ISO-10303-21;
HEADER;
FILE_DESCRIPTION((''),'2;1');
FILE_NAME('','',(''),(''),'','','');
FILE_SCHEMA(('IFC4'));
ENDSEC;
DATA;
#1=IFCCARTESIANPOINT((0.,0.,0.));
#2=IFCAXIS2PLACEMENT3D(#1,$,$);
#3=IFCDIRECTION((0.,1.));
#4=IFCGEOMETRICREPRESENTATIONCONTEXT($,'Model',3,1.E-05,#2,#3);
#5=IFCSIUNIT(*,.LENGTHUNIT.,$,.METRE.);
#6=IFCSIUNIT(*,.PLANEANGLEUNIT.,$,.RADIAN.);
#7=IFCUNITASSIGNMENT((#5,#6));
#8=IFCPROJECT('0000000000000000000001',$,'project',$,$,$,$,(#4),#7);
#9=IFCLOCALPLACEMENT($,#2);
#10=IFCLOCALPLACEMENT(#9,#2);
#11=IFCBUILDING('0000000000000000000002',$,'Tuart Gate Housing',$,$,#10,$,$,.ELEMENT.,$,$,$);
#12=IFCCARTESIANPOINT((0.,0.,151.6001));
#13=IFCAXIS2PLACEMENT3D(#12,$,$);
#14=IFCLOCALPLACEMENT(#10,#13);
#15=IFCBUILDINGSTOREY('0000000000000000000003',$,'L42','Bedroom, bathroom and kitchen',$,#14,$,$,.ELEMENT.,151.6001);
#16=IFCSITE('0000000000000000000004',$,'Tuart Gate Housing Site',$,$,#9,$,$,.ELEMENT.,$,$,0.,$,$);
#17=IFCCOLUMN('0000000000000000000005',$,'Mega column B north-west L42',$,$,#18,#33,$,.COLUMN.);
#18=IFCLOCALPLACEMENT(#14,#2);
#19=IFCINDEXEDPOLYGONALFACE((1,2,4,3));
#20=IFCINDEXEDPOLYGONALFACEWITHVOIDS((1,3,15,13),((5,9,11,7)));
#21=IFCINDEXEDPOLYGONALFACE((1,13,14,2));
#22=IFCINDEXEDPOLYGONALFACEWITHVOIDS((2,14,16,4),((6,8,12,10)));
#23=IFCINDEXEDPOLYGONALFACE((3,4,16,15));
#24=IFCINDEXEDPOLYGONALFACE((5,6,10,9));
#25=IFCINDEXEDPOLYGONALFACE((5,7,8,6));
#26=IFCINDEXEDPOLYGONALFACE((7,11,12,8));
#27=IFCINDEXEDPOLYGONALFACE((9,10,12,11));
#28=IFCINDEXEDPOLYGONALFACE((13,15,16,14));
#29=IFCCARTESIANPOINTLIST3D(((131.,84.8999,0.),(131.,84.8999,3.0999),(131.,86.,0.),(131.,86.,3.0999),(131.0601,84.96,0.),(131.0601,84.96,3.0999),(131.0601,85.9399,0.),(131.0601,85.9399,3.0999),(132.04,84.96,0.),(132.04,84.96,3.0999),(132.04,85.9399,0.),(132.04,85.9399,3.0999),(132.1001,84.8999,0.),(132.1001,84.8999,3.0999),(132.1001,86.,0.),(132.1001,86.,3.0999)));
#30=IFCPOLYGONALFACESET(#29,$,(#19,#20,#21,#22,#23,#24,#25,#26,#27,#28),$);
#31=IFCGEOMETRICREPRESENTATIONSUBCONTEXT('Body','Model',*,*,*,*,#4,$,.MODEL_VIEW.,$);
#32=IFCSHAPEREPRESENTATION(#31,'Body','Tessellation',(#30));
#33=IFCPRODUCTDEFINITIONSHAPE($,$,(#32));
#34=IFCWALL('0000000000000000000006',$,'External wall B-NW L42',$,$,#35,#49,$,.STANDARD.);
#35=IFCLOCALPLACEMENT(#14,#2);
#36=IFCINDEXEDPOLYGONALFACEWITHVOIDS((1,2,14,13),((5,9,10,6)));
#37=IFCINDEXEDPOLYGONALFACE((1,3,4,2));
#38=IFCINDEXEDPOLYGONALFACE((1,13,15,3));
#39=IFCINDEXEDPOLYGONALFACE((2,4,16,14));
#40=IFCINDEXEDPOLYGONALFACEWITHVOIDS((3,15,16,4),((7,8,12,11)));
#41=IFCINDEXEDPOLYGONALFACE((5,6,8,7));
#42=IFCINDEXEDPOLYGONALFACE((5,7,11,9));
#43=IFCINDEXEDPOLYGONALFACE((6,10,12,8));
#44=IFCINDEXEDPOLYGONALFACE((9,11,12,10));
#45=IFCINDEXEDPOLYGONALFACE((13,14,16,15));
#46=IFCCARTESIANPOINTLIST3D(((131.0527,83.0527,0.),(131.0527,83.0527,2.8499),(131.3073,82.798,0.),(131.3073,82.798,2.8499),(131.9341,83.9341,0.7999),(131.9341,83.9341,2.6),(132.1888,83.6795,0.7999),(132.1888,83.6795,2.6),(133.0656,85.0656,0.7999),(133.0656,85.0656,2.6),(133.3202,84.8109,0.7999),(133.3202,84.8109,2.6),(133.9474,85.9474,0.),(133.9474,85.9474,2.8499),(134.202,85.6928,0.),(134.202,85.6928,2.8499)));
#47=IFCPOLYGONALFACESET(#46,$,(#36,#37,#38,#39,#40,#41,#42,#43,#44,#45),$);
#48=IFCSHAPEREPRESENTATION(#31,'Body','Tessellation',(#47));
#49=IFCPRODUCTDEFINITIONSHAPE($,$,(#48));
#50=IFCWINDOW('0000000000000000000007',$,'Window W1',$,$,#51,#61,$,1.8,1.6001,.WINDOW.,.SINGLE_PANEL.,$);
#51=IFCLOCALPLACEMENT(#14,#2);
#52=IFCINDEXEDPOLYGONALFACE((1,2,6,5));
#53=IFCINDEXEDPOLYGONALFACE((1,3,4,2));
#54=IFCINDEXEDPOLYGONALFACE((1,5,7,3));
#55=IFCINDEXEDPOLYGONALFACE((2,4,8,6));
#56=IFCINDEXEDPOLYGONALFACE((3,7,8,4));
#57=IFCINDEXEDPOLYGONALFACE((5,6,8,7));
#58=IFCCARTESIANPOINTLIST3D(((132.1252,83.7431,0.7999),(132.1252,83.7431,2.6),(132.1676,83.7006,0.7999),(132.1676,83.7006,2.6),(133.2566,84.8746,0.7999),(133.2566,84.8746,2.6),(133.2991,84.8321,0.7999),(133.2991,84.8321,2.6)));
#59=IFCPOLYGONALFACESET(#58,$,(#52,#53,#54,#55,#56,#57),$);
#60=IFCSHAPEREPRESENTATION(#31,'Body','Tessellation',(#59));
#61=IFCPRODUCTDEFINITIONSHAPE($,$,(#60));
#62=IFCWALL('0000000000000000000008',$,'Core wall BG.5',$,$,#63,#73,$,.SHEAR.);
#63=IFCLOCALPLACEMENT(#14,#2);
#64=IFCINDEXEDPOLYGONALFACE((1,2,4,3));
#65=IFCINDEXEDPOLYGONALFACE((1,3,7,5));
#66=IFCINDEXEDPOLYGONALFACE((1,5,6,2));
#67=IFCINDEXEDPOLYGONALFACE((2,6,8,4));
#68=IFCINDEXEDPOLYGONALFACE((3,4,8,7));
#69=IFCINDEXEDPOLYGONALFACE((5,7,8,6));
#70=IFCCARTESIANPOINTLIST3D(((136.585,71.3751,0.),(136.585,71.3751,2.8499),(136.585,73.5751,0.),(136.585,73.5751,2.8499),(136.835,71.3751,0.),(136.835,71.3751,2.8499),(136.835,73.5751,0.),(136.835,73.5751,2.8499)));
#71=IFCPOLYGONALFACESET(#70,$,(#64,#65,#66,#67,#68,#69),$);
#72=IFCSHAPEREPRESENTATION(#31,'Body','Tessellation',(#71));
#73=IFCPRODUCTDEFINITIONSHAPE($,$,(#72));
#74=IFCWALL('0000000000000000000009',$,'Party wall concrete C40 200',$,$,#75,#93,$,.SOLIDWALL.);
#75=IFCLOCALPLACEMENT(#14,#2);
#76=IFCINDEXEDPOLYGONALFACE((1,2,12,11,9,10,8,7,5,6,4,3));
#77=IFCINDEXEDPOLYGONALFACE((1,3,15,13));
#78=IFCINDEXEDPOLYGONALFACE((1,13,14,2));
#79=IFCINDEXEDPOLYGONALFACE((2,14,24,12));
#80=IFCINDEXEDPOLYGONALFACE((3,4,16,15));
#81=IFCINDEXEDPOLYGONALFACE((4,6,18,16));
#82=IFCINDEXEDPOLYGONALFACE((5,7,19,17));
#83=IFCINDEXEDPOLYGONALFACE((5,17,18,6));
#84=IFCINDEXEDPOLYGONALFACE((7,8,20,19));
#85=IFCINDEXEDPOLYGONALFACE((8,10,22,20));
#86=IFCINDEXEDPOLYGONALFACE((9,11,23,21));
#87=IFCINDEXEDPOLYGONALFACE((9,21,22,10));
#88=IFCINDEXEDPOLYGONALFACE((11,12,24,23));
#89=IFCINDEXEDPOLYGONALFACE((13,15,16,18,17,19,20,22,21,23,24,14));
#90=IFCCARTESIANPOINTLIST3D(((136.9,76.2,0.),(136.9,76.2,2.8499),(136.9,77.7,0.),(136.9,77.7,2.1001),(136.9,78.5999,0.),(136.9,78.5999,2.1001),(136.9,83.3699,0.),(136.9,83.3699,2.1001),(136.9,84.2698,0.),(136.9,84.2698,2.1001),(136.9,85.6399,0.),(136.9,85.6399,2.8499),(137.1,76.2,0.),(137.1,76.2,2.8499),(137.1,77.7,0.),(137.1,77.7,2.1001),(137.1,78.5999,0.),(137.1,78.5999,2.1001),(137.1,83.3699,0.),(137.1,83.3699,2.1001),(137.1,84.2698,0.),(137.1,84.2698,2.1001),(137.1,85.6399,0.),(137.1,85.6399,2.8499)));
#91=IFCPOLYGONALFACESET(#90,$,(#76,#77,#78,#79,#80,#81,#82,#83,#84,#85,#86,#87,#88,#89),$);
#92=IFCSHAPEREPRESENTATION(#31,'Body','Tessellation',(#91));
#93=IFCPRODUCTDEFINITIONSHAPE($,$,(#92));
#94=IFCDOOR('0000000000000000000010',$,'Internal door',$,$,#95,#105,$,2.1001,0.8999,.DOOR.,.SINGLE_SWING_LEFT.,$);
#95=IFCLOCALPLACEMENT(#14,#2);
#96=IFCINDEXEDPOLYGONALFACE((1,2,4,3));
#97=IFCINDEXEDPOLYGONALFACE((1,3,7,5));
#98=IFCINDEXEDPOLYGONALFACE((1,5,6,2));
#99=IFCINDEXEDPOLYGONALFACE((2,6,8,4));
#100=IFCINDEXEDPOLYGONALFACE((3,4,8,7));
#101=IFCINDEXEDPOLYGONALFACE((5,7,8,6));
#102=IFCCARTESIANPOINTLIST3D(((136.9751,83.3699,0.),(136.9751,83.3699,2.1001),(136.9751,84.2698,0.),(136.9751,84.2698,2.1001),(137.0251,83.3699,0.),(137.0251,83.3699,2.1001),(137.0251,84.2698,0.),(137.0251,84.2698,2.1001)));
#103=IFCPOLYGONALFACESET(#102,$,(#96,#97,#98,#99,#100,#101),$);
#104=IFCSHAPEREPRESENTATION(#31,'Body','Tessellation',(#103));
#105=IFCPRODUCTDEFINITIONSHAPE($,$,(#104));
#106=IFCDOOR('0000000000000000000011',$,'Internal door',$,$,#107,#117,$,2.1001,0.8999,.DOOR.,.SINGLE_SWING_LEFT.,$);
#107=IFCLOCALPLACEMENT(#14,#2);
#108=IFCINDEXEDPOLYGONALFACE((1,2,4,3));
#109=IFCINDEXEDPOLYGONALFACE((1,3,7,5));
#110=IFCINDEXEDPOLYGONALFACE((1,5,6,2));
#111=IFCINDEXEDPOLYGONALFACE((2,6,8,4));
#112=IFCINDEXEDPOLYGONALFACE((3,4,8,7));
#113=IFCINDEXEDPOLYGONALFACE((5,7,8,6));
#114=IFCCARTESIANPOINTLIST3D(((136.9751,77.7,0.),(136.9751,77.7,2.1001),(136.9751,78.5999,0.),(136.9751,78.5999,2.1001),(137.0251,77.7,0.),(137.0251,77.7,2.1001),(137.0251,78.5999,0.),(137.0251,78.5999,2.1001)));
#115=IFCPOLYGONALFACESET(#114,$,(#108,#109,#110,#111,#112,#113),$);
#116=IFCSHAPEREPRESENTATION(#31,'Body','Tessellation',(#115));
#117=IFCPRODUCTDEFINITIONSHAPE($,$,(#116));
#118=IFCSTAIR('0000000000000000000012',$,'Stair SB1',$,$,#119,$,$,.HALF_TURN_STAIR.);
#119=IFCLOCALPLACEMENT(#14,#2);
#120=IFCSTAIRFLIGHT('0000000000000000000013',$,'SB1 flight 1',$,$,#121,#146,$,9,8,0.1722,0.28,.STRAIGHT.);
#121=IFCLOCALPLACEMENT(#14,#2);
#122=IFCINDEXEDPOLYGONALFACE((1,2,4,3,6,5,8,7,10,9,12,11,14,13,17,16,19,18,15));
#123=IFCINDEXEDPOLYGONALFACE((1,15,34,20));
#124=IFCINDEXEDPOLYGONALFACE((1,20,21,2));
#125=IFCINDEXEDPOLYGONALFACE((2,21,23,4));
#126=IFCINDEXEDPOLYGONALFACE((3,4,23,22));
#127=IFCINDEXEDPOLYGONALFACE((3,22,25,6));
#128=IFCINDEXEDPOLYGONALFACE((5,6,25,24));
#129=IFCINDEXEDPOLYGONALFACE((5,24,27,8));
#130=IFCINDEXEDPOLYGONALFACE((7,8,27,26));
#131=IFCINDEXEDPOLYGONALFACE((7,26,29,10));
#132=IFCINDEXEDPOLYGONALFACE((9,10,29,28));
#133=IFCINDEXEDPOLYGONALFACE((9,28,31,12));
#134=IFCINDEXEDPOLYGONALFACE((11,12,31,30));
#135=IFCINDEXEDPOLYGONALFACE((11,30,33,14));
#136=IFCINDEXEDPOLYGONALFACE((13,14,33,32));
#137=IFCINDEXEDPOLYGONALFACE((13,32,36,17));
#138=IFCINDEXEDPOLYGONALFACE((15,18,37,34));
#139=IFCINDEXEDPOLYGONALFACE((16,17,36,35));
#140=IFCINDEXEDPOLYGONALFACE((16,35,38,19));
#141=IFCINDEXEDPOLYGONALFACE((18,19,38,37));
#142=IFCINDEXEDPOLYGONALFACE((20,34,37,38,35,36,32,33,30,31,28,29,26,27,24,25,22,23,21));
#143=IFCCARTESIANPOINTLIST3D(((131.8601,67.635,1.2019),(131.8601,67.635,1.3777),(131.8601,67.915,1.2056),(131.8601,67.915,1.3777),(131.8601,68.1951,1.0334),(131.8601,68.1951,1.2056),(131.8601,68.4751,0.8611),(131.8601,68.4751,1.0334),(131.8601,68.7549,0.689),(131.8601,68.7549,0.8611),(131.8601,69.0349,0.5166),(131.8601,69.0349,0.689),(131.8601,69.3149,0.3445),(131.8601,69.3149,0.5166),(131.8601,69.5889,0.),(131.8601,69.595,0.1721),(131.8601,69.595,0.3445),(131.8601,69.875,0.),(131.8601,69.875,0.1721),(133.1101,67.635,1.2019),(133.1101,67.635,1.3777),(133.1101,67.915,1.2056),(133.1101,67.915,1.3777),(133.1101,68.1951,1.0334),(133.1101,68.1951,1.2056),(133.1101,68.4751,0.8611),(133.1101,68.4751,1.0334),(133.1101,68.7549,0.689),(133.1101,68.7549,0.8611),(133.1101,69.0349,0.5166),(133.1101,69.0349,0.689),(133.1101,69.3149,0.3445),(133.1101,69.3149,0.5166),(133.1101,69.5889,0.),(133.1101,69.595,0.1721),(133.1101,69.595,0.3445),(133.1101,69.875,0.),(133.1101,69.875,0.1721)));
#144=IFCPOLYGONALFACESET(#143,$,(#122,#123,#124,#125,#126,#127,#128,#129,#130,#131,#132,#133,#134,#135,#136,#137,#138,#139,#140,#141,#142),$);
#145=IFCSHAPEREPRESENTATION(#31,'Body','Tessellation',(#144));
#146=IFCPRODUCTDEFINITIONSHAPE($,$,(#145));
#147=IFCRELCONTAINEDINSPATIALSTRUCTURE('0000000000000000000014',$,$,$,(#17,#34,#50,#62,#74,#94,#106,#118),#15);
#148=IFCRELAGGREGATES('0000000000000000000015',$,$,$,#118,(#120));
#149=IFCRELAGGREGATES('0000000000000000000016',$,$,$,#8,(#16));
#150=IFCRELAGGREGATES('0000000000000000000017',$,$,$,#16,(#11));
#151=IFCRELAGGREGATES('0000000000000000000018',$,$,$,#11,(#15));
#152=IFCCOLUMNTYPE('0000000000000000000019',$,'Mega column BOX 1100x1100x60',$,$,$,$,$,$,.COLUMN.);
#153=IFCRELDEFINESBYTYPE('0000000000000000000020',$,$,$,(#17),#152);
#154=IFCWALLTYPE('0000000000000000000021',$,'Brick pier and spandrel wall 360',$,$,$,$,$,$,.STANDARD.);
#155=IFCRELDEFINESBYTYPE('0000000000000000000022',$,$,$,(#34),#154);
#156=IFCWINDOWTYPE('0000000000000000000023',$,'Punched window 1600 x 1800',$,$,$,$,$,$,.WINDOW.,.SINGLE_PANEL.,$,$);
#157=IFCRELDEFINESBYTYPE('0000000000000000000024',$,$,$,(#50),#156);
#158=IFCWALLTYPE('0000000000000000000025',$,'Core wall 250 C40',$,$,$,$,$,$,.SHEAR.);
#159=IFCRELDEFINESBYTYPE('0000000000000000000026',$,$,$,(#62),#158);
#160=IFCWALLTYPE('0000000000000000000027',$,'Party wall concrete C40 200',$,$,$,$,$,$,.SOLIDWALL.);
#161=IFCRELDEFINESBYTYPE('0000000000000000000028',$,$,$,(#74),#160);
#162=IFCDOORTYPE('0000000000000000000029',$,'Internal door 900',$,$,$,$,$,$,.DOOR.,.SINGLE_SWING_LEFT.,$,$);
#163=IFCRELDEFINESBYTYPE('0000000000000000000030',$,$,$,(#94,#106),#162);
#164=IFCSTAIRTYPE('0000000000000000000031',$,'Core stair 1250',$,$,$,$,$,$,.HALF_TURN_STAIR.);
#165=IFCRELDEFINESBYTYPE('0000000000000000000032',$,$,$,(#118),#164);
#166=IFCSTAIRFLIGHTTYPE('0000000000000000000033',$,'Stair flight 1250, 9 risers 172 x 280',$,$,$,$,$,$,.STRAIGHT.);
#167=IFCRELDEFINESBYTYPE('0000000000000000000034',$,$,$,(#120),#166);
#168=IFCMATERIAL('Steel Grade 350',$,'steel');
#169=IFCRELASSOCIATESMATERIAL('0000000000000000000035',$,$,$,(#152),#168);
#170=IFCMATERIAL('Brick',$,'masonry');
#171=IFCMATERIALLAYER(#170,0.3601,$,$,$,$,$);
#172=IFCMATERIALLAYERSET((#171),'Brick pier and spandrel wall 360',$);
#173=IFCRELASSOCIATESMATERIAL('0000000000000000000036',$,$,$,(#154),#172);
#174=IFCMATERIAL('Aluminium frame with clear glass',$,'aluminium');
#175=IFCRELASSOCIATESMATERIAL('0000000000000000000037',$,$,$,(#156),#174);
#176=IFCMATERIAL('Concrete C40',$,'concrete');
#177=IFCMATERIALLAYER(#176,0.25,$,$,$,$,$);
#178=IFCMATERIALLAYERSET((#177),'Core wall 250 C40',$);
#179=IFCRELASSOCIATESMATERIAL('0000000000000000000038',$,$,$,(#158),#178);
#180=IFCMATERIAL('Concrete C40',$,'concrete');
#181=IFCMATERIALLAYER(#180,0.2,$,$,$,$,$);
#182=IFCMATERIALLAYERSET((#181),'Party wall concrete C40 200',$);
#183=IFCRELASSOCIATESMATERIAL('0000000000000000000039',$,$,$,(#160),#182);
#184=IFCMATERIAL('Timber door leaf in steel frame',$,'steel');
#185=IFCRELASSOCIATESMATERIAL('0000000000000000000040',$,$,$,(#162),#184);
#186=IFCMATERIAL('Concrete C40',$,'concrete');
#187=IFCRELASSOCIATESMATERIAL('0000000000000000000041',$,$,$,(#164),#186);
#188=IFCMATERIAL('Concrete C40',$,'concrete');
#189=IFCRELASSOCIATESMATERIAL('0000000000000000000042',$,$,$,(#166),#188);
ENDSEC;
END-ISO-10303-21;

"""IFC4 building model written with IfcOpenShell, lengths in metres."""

from ifc_helpers import new_model, si_unit, direction, frame, frame_2d, origin, origin_2d, place, context, subcontext, project, spatial, polyline, rectangle, hollow_rectangle, outline, extrude, material, layer, layer_set, material_profile, profile_set, type_object, element, fill, aggregate, save


model = new_model("IFC4")

# Units and contexts
model_context = context("Model", 3, precision=1e-05, world=origin(), true_north=direction((0.0, 1.0)))
body_context = subcontext(model_context, "Body", "Model", "MODEL_VIEW")
ifc_project = project(units=[si_unit("LENGTHUNIT", "METRE"), si_unit("PLANEANGLEUNIT", "RADIAN")], contexts=[model_context])

# Site, building, storey
site_placement = place(None, origin())
site = spatial("IfcSite", under=ifc_project, at=site_placement, Name="Tuart Gate Housing Site", CompositionType="ELEMENT", RefElevation=0.0)
building_placement = place(site_placement, origin())
building = spatial("IfcBuilding", under=site, at=building_placement, Name="Tuart Gate Housing", CompositionType="ELEMENT")
storey_placement = place(building_placement, frame((0.0, 0.0, 151.6001)))
storey = spatial("IfcBuildingStorey", under=building, at=storey_placement, Name="L42", Description="Bedroom, bathroom and kitchen", CompositionType="ELEMENT", Elevation=151.6001)

# Column
ifc_material_1 = material(Name="Steel Grade 350", Category="steel")
ifc_material_profile = material_profile(ifc_material_1, hollow_rectangle(XDim=1.1001, YDim=1.1001, WallThickness=0.0601, at=origin_2d()), Name="BOX 1100x1100x60")
ifc_profile_set = profile_set([ifc_material_profile], Name="Steel Grade 350")
column_type = type_object("IfcColumnType", Name="Mega column BOX 1100x1100x60", PredefinedType="COLUMN", material=ifc_profile_set)
column_placement = place(storey_placement, frame((131.55, 85.45, 0.0), z_axis=(0.0, 0.0, 1.0), x_axis=(1.0, 0.0, 0.0)))
element("IfcColumn", 1, at=column_placement, inside=storey, type_object=column_type, Name="Mega column B north-west L42", PredefinedType="COLUMN", context=body_context, shape_type="SweptSolid", body=[
    extrude(hollow_rectangle(XDim=1.1001, YDim=1.1001, WallThickness=0.0601, at=origin_2d()), origin(), (0.0, 0.0, 1.0), 3.0999),
])

# Wall, opening, window
ifc_material_2 = material(Name="Brick", Category="masonry")
ifc_layer_1 = layer(ifc_material_2, 0.3601)
ifc_layer_set_1 = layer_set([ifc_layer_1], Name="Brick pier and spandrel wall 360")
wall_type_1 = type_object("IfcWallType", Name="Brick pier and spandrel wall 360", PredefinedType="STANDARD", material=ifc_layer_set_1)
wall_1_placement = place(storey_placement, frame((134.0747, 85.8201, 0.0), z_axis=(0.0, 0.0, 1.0), x_axis=(-0.707107, -0.707107, 0.0)))
wall_1 = element("IfcWall", 2, at=wall_1_placement, inside=storey, type_object=wall_type_1, Name="External wall B-NW L42", PredefinedType="STANDARD", context=body_context, shape_type="SweptSolid", body=[
    extrude(rectangle(XDim=4.0938, YDim=0.3601, at=frame_2d((2.0469, 0.0))), origin(), (0.0, 0.0, 1.0), 2.8499),
])
opening_1_placement = place(wall_1_placement, frame((1.2471, 0.0, 0.8)))
opening_1 = element("IfcOpeningElement", 3, at=opening_1_placement, cuts=wall_1, PredefinedType="OPENING", context=body_context, shape_type="SweptSolid", body=[
    extrude(rectangle(XDim=1.6001, YDim=1.8, at=frame_2d((0.8, 0.8999))), frame((0.0, 0.1899, 0.0), z_axis=(0.0, -1.0, 0.0), x_axis=(1.0, 0.0, 0.0)), (0.0, 0.0, 1.0), 0.3801),
])
ifc_material_3 = material(Name="Aluminium frame with clear glass", Category="aluminium")
window_type = type_object("IfcWindowType", Name="Punched window 1600 x 1800", PartitioningType="SINGLE_PANEL", PredefinedType="WINDOW", material=ifc_material_3)
window_placement = place(opening_1_placement, origin())
window = element("IfcWindow", 4, at=window_placement, inside=storey, type_object=window_type, Name="Window W1", OverallHeight=1.8, OverallWidth=1.6001, PartitioningType="SINGLE_PANEL", PredefinedType="WINDOW", context=body_context, shape_type="SweptSolid", body=[
    extrude(rectangle(XDim=1.6001, YDim=1.8, at=frame_2d((0.8, 0.8999))), frame((0.0, 0.1501, 0.0), z_axis=(0.0, -1.0, 0.0), x_axis=(1.0, 0.0, 0.0)), (0.0, 0.0, 1.0), 0.0601),
])
fill(opening_1, window)

# Wall
ifc_material_4 = material(Name="Concrete C40", Category="concrete")
ifc_layer_2 = layer(ifc_material_4, 0.25)
ifc_layer_set_2 = layer_set([ifc_layer_2], Name="Core wall 250 C40")
wall_type_2 = type_object("IfcWallType", Name="Core wall 250 C40", PredefinedType="SHEAR", material=ifc_layer_set_2)
wall_2_placement = place(storey_placement, frame((136.71, 71.375, 0.0), z_axis=(0.0, 0.0, 1.0), x_axis=(0.0, 1.0, 0.0)))
element("IfcWall", 5, at=wall_2_placement, inside=storey, type_object=wall_type_2, Name="Core wall BG.5", PredefinedType="SHEAR", context=body_context, shape_type="SweptSolid", body=[
    extrude(rectangle(XDim=2.2, YDim=0.25, at=frame_2d((1.1001, 0.0))), origin(), (0.0, 0.0, 1.0), 2.8499),
])

# Wall, openings, doors
ifc_material_5 = material(Name="Concrete C40", Category="concrete")
ifc_layer_3 = layer(ifc_material_5, 0.2)
ifc_layer_set_3 = layer_set([ifc_layer_3], Name="Party wall concrete C40 200")
wall_type_3 = type_object("IfcWallType", Name="Party wall concrete C40 200", PredefinedType="SOLIDWALL", material=ifc_layer_set_3)
wall_3_placement = place(storey_placement, frame((137.0, 76.2, 0.0), z_axis=(0.0, 0.0, 1.0), x_axis=(0.0, 1.0, 0.0)))
wall_3 = element("IfcWall", 6, at=wall_3_placement, inside=storey, type_object=wall_type_3, Name="Party wall concrete C40 200", PredefinedType="SOLIDWALL", context=body_context, shape_type="SweptSolid", body=[
    extrude(rectangle(XDim=9.4399, YDim=0.2, at=frame_2d((4.72, 0.0))), origin(), (0.0, 0.0, 1.0), 2.8499),
])
opening_2_placement = place(wall_3_placement, frame((7.1699, 0.0, 0.0)))
opening_2 = element("IfcOpeningElement", 7, at=opening_2_placement, cuts=wall_3, PredefinedType="OPENING", context=body_context, shape_type="SweptSolid", body=[
    extrude(rectangle(XDim=0.8999, YDim=2.1001, at=frame_2d((0.45, 1.05))), frame((0.0, 0.1099, 0.0), z_axis=(0.0, -1.0, 0.0), x_axis=(1.0, 0.0, 0.0)), (0.0, 0.0, 1.0), 0.22),
])
opening_3_placement = place(wall_3_placement, frame((1.5, 0.0, 0.0)))
opening_3 = element("IfcOpeningElement", 8, at=opening_3_placement, cuts=wall_3, PredefinedType="OPENING", context=body_context, shape_type="SweptSolid", body=[
    extrude(rectangle(XDim=0.8999, YDim=2.1001, at=frame_2d((0.45, 1.05))), frame((0.0, 0.1099, 0.0), z_axis=(0.0, -1.0, 0.0), x_axis=(1.0, 0.0, 0.0)), (0.0, 0.0, 1.0), 0.22),
])
ifc_material_6 = material(Name="Timber door leaf in steel frame", Category="steel")
door_type = type_object("IfcDoorType", Name="Internal door 900", OperationType="SINGLE_SWING_LEFT", PredefinedType="DOOR", material=ifc_material_6)
door_1_placement = place(opening_2_placement, origin())
door_1 = element("IfcDoor", 9, at=door_1_placement, inside=storey, type_object=door_type, Name="Internal door", OperationType="SINGLE_SWING_LEFT", OverallHeight=2.1001, OverallWidth=0.8999, PredefinedType="DOOR", context=body_context, shape_type="SweptSolid", body=[
    extrude(rectangle(XDim=0.8999, YDim=2.1001, at=frame_2d((0.45, 1.05))), frame((0.0, 0.0249, 0.0), z_axis=(0.0, -1.0, 0.0), x_axis=(1.0, 0.0, 0.0)), (0.0, 0.0, 1.0), 0.05),
])
fill(opening_2, door_1)
door_2_placement = place(opening_3_placement, origin())
door_2 = element("IfcDoor", 10, at=door_2_placement, inside=storey, type_object=door_type, Name="Internal door", OperationType="SINGLE_SWING_LEFT", OverallHeight=2.1001, OverallWidth=0.8999, PredefinedType="DOOR", context=body_context, shape_type="SweptSolid", body=[
    extrude(rectangle(XDim=0.8999, YDim=2.1001, at=frame_2d((0.45, 1.05))), frame((0.0, 0.0249, 0.0), z_axis=(0.0, -1.0, 0.0), x_axis=(1.0, 0.0, 0.0)), (0.0, 0.0, 1.0), 0.05),
])
fill(opening_3, door_2)

# Stair, stair flight
ifc_material_7 = material(Name="Concrete C40", Category="concrete")
stair_type = type_object("IfcStairType", Name="Core stair 1250", PredefinedType="HALF_TURN_STAIR", material=ifc_material_7)
stair_placement = place(storey_placement, origin())
stair = element("IfcStair", 11, at=stair_placement, inside=storey, type_object=stair_type, Name="Stair SB1", PredefinedType="HALF_TURN_STAIR")
ifc_material_8 = material(Name="Concrete C40", Category="concrete")
stair_flight_type = type_object("IfcStairFlightType", Name="Stair flight 1250, 9 risers 172 x 280", PredefinedType="STRAIGHT", material=ifc_material_8)
stair_flight_1_placement = place(storey_placement, frame((132.4851, 69.875, 0.0), z_axis=(0.0, 0.0, 1.0), x_axis=(0.0, -1.0, 0.0)))
stair_flight_1 = element("IfcStairFlight", 12, at=stair_flight_1_placement, type_object=stair_flight_type, Name="SB1 flight 1", NumberOfRisers=9, NumberOfTreads=8, PredefinedType="STRAIGHT", RiserHeight=0.1722, TreadLength=0.28, context=body_context, shape_type="SweptSolid", body=[
    extrude(outline(polyline([(0.0, 0.0), (0.0, 0.1721), (0.28, 0.1721), (0.28, 0.3445), (0.5601, 0.3445), (0.5601, 0.5166), (0.8401, 0.5166), (0.8401, 0.689), (1.1201, 0.689), (1.1201, 0.8611), (1.3999, 0.8611), (1.3999, 1.0334), (1.6799, 1.0334), (1.6799, 1.2056), (1.96, 1.2056), (1.96, 1.3777), (2.24, 1.3777), (2.24, 1.55), (2.24, 1.2019), (0.2861, 0.0), (0.0, 0.0)])), frame((0.0, 0.625, 0.0), z_axis=(0.0, -1.0, 0.0), x_axis=(1.0, 0.0, 0.0)), (0.0, 0.0, 1.0), 1.25),
])
aggregate(stair, [stair_flight_1])

save(model, "model.ifc")
